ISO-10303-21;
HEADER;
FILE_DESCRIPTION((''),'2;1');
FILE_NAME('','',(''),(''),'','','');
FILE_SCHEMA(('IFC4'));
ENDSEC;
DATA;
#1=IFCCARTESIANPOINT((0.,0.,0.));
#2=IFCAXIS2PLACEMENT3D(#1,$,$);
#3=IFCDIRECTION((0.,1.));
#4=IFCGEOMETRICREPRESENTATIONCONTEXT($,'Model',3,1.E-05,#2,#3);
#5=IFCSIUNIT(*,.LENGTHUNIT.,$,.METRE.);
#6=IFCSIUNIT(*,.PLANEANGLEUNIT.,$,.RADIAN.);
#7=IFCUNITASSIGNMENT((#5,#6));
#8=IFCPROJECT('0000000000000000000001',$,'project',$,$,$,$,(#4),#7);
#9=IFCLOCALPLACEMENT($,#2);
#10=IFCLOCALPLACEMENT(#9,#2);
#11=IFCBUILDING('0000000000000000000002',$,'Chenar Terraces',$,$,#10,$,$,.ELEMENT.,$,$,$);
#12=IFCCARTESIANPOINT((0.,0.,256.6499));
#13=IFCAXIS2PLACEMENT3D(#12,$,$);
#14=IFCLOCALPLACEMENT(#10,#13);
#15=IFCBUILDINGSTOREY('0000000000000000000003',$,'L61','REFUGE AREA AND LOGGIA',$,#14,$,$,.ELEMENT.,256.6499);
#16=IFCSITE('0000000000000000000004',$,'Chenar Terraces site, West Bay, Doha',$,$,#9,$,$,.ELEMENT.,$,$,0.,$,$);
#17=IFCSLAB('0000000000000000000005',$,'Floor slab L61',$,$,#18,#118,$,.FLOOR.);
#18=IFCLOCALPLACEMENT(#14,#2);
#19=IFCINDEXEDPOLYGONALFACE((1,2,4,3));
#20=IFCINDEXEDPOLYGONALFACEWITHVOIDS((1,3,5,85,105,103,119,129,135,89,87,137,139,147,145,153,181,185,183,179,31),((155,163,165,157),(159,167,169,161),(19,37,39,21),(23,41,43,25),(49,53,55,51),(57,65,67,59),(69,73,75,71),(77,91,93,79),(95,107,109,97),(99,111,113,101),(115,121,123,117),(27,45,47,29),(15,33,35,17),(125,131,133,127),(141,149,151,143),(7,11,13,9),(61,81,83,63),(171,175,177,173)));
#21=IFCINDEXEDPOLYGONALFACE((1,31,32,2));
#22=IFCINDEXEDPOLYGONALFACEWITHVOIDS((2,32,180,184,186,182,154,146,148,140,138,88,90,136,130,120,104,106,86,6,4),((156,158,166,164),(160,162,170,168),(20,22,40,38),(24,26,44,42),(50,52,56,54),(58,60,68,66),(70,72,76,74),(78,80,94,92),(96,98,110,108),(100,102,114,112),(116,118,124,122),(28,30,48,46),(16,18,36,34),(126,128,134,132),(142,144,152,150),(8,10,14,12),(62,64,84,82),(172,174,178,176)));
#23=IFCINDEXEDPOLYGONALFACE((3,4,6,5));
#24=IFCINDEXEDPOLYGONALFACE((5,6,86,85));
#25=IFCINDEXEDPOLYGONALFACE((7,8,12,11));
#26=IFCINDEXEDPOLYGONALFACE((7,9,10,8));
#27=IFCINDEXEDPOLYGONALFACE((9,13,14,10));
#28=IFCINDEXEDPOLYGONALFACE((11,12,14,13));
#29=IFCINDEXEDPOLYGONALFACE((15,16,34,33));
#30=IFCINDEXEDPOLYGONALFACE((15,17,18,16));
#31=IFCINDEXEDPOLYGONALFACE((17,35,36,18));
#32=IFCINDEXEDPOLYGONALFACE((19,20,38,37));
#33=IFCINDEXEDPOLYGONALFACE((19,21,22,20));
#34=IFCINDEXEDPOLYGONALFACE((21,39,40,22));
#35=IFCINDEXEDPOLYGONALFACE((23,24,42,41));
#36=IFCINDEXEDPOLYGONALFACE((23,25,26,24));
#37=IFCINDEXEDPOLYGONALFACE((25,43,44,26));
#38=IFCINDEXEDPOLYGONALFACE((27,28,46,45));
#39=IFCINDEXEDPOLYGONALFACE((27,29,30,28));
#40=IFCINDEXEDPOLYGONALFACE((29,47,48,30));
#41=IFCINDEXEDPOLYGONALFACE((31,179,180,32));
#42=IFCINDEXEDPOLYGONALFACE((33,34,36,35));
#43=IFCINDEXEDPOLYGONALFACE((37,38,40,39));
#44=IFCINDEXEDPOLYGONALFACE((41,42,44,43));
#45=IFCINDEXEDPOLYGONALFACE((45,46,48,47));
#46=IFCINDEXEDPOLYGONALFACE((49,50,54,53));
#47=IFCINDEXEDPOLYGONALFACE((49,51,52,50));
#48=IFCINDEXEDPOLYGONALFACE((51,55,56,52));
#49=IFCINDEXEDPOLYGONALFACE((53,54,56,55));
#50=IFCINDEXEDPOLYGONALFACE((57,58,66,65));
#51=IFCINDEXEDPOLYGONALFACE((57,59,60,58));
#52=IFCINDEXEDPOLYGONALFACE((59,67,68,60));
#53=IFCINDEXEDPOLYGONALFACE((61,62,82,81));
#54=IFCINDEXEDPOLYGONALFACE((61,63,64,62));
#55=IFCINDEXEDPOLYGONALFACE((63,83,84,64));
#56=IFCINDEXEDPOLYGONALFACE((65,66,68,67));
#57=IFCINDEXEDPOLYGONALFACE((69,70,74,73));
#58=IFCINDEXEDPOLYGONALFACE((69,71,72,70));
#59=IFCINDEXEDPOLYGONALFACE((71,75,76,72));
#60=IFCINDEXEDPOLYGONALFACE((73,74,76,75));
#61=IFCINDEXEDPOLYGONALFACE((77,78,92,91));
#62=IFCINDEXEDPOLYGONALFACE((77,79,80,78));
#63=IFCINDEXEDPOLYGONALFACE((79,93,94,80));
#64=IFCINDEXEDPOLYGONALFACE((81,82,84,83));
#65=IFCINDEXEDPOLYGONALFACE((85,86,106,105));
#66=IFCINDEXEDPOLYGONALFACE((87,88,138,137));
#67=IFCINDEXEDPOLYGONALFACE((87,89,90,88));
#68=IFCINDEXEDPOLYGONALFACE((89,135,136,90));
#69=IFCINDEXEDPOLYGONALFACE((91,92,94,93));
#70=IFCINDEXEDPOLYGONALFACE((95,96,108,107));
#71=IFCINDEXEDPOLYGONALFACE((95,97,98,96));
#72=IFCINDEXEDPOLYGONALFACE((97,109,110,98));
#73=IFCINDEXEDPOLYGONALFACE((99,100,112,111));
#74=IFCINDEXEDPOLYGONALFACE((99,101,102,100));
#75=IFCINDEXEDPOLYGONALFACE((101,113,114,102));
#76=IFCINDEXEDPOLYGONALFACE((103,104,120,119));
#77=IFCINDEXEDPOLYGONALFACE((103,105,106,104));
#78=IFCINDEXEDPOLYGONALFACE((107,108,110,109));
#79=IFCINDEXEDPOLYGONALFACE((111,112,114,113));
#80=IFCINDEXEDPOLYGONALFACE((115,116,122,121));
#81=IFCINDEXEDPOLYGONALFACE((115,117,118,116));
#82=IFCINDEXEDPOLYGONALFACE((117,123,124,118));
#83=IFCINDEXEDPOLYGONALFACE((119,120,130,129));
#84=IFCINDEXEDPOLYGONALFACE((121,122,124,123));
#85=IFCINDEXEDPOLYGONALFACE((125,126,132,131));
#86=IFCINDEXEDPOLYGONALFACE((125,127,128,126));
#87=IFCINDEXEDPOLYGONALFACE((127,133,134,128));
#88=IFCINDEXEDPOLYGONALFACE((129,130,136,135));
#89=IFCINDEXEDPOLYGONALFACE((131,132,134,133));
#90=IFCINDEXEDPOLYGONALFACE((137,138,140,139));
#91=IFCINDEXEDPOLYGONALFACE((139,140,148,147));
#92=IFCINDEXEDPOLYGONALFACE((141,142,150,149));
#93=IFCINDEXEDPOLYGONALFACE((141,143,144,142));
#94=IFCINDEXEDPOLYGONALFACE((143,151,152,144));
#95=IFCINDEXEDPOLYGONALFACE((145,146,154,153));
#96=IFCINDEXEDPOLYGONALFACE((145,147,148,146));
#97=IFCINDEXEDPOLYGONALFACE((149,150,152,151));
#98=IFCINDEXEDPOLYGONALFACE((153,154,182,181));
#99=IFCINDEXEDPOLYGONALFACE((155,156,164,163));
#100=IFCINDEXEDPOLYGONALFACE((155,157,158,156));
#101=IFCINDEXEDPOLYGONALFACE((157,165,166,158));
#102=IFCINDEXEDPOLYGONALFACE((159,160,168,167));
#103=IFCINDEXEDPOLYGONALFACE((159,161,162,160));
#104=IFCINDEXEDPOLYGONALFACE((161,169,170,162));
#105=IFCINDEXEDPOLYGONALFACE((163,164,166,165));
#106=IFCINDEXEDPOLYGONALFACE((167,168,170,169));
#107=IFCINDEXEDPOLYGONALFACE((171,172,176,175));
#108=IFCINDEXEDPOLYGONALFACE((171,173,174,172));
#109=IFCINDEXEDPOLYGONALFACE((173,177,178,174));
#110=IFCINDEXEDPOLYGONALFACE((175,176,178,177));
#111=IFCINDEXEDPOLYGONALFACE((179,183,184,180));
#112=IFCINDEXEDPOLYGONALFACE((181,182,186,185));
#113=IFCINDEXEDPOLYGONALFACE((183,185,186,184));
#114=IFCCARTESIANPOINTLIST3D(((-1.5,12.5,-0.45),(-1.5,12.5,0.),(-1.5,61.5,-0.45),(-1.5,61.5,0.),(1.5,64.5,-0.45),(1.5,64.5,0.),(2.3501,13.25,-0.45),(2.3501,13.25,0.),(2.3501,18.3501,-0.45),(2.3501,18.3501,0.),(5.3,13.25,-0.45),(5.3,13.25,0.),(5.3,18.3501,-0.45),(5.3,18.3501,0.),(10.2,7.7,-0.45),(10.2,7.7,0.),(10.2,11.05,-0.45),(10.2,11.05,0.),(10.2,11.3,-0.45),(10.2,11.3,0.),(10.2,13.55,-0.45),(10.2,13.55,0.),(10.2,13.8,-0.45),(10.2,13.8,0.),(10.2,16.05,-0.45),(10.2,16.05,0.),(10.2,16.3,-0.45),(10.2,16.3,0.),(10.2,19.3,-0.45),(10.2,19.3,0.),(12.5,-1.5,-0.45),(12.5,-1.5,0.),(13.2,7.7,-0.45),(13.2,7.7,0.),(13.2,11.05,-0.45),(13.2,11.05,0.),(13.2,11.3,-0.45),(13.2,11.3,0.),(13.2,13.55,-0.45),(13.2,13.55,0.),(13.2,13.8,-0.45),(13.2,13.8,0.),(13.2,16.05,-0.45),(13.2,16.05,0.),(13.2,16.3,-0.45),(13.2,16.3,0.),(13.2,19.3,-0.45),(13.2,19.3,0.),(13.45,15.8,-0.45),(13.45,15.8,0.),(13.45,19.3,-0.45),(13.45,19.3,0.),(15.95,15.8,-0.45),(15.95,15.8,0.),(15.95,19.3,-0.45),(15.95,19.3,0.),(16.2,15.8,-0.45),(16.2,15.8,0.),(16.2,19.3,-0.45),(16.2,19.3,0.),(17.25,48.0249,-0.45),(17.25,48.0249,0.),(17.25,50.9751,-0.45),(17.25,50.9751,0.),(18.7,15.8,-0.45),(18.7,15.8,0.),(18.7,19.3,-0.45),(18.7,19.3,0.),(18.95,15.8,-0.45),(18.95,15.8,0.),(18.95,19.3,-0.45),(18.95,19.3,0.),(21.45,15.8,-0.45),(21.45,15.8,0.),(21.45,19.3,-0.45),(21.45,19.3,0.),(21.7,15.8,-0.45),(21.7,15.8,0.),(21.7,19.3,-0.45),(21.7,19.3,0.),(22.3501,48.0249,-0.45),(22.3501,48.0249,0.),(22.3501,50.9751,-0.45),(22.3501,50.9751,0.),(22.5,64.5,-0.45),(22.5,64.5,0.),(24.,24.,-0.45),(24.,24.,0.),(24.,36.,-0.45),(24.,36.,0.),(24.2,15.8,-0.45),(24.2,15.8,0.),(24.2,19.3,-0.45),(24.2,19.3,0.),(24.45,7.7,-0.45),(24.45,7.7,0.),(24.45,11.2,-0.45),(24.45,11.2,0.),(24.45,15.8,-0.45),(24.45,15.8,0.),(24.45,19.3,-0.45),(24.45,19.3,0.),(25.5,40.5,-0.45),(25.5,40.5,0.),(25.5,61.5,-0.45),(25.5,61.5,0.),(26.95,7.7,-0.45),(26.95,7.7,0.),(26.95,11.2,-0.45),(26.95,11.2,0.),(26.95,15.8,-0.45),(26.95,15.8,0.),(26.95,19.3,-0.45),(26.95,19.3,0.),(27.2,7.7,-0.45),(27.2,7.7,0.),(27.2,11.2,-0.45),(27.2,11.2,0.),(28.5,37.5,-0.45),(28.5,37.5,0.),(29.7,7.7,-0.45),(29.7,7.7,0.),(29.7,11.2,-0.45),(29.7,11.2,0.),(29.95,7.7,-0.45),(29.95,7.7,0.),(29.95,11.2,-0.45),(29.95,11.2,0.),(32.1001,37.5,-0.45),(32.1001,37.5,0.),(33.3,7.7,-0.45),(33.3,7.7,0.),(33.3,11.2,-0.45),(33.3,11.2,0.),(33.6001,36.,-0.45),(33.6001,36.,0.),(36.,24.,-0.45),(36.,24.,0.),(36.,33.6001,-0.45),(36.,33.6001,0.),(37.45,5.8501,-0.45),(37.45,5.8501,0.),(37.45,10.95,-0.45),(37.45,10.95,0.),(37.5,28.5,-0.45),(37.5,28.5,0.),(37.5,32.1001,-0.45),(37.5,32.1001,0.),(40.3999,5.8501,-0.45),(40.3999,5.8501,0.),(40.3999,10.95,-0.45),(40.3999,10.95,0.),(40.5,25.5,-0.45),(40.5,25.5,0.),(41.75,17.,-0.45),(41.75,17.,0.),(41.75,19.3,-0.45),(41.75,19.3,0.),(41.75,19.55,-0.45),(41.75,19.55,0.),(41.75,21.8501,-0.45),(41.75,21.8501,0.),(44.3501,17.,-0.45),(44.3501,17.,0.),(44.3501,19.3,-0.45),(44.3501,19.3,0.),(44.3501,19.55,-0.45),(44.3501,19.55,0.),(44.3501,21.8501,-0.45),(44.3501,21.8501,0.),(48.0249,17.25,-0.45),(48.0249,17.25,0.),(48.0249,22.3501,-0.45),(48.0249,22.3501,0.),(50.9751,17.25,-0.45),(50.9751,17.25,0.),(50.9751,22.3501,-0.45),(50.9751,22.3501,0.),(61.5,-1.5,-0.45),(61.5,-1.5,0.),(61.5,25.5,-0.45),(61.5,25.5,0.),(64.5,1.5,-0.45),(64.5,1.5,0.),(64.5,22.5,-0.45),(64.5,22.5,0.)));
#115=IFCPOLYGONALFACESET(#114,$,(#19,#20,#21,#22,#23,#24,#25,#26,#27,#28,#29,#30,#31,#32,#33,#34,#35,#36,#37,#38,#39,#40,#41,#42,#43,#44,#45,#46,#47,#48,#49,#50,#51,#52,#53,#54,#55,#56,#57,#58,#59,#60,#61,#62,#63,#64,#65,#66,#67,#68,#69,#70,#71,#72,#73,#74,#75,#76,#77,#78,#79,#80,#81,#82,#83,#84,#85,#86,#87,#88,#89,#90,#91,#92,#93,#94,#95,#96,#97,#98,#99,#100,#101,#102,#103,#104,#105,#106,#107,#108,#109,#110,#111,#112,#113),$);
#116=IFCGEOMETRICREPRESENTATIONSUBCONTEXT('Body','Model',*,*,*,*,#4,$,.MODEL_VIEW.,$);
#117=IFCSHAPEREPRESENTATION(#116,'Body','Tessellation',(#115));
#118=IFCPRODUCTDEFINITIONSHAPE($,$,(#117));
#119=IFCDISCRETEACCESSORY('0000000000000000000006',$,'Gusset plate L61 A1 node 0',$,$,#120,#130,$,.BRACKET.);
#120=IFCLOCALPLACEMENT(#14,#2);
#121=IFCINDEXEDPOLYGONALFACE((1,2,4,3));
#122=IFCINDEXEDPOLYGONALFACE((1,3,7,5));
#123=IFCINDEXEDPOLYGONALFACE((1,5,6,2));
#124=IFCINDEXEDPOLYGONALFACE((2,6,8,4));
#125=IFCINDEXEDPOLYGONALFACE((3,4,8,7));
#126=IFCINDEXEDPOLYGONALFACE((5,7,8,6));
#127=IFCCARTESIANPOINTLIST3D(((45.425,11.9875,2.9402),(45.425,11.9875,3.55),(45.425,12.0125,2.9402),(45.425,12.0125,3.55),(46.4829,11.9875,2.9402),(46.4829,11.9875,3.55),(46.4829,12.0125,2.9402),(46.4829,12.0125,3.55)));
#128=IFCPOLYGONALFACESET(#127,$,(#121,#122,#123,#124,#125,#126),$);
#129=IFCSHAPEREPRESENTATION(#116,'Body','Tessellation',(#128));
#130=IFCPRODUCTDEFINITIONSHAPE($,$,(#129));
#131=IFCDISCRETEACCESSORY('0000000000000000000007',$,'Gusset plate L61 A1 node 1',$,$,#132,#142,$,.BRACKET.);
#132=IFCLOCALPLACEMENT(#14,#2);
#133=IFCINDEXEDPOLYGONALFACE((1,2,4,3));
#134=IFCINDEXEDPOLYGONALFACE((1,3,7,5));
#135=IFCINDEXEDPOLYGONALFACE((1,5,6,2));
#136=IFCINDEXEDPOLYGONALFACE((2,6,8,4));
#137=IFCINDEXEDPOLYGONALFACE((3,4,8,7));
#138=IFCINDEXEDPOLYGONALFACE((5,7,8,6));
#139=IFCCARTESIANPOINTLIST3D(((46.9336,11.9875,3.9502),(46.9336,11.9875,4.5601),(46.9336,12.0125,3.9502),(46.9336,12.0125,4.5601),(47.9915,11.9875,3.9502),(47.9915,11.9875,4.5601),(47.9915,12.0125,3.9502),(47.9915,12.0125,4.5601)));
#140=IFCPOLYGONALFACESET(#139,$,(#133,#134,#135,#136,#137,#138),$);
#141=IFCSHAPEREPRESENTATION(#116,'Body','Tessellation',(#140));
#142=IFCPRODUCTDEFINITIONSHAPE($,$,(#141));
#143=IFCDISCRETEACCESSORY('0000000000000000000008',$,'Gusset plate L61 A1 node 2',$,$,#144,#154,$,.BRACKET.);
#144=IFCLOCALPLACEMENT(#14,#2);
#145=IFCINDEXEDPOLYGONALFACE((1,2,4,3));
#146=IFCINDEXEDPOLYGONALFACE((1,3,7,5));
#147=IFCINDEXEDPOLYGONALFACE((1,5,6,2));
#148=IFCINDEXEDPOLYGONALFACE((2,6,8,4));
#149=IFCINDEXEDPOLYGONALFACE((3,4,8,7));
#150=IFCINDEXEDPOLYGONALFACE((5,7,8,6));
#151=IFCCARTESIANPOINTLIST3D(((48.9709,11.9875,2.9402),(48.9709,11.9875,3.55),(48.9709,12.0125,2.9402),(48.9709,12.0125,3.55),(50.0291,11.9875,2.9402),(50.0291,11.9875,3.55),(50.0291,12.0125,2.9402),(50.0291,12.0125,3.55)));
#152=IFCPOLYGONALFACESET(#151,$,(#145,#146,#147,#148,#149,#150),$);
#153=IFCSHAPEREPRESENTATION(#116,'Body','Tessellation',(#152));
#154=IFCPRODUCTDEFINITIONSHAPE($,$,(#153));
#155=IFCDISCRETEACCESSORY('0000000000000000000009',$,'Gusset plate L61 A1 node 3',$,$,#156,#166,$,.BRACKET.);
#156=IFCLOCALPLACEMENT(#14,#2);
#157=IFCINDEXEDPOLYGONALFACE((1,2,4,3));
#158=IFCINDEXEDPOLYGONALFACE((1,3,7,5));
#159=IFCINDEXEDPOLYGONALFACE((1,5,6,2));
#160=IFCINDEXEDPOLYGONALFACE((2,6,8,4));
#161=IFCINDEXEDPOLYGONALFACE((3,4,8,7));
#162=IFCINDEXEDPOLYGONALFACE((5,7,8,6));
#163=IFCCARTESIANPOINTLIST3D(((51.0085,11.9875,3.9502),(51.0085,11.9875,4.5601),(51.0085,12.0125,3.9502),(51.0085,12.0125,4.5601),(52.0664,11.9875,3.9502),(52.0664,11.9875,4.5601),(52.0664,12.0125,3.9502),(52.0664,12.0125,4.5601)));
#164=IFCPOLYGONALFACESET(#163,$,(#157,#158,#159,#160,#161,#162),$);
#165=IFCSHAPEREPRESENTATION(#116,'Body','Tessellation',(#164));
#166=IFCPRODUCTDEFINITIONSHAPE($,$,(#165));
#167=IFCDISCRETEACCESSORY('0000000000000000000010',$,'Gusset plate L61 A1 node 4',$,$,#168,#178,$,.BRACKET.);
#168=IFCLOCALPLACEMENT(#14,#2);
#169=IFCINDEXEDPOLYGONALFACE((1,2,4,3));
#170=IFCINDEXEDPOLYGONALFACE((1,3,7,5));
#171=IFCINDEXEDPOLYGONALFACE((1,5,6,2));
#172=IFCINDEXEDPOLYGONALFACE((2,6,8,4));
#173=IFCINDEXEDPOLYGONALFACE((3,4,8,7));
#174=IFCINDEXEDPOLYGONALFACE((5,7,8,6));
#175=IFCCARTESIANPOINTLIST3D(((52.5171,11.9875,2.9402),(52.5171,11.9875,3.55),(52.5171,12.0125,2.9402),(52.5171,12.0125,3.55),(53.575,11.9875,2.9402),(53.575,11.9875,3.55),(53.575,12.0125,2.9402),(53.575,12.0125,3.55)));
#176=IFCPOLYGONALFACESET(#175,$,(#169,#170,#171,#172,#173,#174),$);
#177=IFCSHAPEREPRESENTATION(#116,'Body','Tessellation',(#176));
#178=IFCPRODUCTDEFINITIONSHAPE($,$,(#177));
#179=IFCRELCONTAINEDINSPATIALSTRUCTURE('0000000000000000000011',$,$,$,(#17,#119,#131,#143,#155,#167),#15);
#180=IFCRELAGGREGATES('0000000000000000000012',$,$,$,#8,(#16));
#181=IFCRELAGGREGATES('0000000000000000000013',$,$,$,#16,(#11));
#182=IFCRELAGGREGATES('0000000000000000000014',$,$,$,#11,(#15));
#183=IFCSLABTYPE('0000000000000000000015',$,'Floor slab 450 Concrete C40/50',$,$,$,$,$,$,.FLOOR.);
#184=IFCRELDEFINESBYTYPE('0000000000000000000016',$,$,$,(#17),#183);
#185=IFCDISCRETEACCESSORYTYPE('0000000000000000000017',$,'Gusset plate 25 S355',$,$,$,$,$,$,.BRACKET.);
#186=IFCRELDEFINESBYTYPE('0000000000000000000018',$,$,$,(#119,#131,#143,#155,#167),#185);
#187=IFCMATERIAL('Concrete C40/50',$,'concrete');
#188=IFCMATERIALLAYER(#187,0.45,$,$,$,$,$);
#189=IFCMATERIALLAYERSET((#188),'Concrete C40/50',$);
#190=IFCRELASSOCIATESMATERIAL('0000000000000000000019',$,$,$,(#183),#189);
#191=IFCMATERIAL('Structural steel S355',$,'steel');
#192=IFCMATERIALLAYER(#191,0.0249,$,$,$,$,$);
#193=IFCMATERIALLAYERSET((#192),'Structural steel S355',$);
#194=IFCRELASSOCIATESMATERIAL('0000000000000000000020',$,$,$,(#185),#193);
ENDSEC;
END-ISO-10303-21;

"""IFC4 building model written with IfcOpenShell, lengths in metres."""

from ifc_helpers import new_model, si_unit, direction, frame, origin, place, context, subcontext, project, spatial, polyline, outline, extrude, material, layer, layer_set, type_object, element, save


model = new_model("IFC4")

# Units and contexts
model_context = context("Model", 3, precision=1e-05, world=origin(), true_north=direction((0.0, 1.0)))
body_context = subcontext(model_context, "Body", "Model", "MODEL_VIEW")
ifc_project = project(units=[si_unit("LENGTHUNIT", "METRE"), si_unit("PLANEANGLEUNIT", "RADIAN")], contexts=[model_context])

# Site, building, storey
site_placement = place(None, origin())
site = spatial("IfcSite", under=ifc_project, at=site_placement, Name="Chenar Terraces site, West Bay, Doha", CompositionType="ELEMENT", RefElevation=0.0)
building_placement = place(site_placement, origin())
building = spatial("IfcBuilding", under=site, at=building_placement, Name="Chenar Terraces", CompositionType="ELEMENT")
storey_placement = place(building_placement, frame((0.0, 0.0, 256.6499)))
storey = spatial("IfcBuildingStorey", under=building, at=storey_placement, Name="L61", Description="REFUGE AREA AND LOGGIA", CompositionType="ELEMENT", Elevation=256.6499)

# Slab
ifc_material_1 = material(Name="Concrete C40/50", Category="concrete")
ifc_layer_1 = layer(ifc_material_1, 0.45)
ifc_layer_set_1 = layer_set([ifc_layer_1], Name="Concrete C40/50")
slab_type = type_object("IfcSlabType", Name="Floor slab 450 Concrete C40/50", PredefinedType="FLOOR", material=ifc_layer_set_1)
slab_placement = place(storey_placement, frame((0.0, 0.0, -0.45)))
element("IfcSlab", 1, at=slab_placement, inside=storey, type_object=slab_type, Name="Floor slab L61", PredefinedType="FLOOR", context=body_context, shape_type="SweptSolid", body=[
    extrude(outline(polyline([(64.5, 22.5), (64.5, 1.5), (61.5, -1.5), (12.5, -1.5), (-1.5, 12.5), (-1.5, 61.5), (1.5, 64.5), (22.5, 64.5), (25.5, 61.5), (25.5, 40.5), (28.5, 37.5), (32.1001, 37.5), (33.6001, 36.0), (24.0, 36.0), (24.0, 24.0), (36.0, 24.0), (36.0, 33.6001), (37.5, 32.1001), (37.5, 28.5), (40.5, 25.5), (61.5, 25.5), (64.5, 22.5)]), holes=[polyline([(13.2, 11.05), (10.2, 11.05), (10.2, 7.7), (13.2, 7.7), (13.2, 11.05)]), polyline([(13.2, 13.55), (10.2, 13.55), (10.2, 11.3), (13.2, 11.3), (13.2, 13.55)]), polyline([(13.2, 16.05), (10.2, 16.05), (10.2, 13.8), (13.2, 13.8), (13.2, 16.05)]), polyline([(2.3501, 13.25), (5.3, 13.25), (5.3, 18.3501), (2.3501, 18.3501), (2.3501, 13.25)]), polyline([(15.95, 19.3), (13.45, 19.3), (13.45, 15.8), (15.95, 15.8), (15.95, 19.3)]), polyline([(18.7, 19.3), (16.2, 19.3), (16.2, 15.8), (18.7, 15.8), (18.7, 19.3)]), polyline([(21.45, 19.3), (18.95, 19.3), (18.95, 15.8), (21.45, 15.8), (21.45, 19.3)]), polyline([(24.2, 15.8), (24.2, 19.3), (21.7, 19.3), (21.7, 15.8), (24.2, 15.8)]), polyline([(13.2, 16.3), (13.2, 19.3), (10.2, 19.3), (10.2, 16.3), (13.2, 16.3)]), polyline([(22.3501, 48.0249), (22.3501, 50.9751), (17.25, 50.9751), (17.25, 48.0249), (22.3501, 48.0249)]), polyline([(37.45, 5.8501), (40.3999, 5.8501), (40.3999, 10.95), (37.45, 10.95), (37.45, 5.8501)]), polyline([(26.95, 11.2), (24.45, 11.2), (24.45, 7.7), (26.95, 7.7), (26.95, 11.2)]), polyline([(29.7, 7.7), (29.7, 11.2), (27.2, 11.2), (27.2, 7.7), (29.7, 7.7)]), polyline([(33.3, 7.7), (33.3, 11.2), (29.95, 11.2), (29.95, 7.7), (33.3, 7.7)]), polyline([(26.95, 19.3), (24.45, 19.3), (24.45, 15.8), (26.95, 15.8), (26.95, 19.3)]), polyline([(44.3501, 19.3), (41.75, 19.3), (41.75, 17.0), (44.3501, 17.0), (44.3501, 19.3)]), polyline([(50.9751, 22.3501), (48.0249, 22.3501), (48.0249, 17.25), (50.9751, 17.25), (50.9751, 22.3501)]), polyline([(44.3501, 19.55), (44.3501, 21.8501), (41.75, 21.8501), (41.75, 19.55), (44.3501, 19.55)])]), origin(), (0.0, 0.0, 1.0), 0.45),
])

# Discrete accessories
ifc_material_2 = material(Name="Structural steel S355", Category="steel")
ifc_layer_2 = layer(ifc_material_2, 0.0249)
ifc_layer_set_2 = layer_set([ifc_layer_2], Name="Structural steel S355")
discrete_accessory_type = type_object("IfcDiscreteAccessoryType", Name="Gusset plate 25 S355", PredefinedType="BRACKET", material=ifc_layer_set_2)
placement_1 = place(storey_placement, frame((0.0, 0.0, 2.9402)))
element("IfcDiscreteAccessory", 2, at=placement_1, inside=storey, type_object=discrete_accessory_type, Name="Gusset plate L61 A1 node 0", PredefinedType="BRACKET", context=body_context, shape_type="SweptSolid", body=[
    extrude(outline(polyline([(45.425, 11.9875), (46.4829, 11.9875), (46.4829, 12.0125), (45.425, 12.0125), (45.425, 11.9875)])), origin(), (0.0, 0.0, 1.0), 0.6099),
])
placement_2 = place(storey_placement, frame((0.0, 0.0, 3.9502)))
element("IfcDiscreteAccessory", 3, at=placement_2, inside=storey, type_object=discrete_accessory_type, Name="Gusset plate L61 A1 node 1", PredefinedType="BRACKET", context=body_context, shape_type="SweptSolid", body=[
    extrude(outline(polyline([(46.9336, 11.9875), (47.9915, 11.9875), (47.9915, 12.0125), (46.9336, 12.0125), (46.9336, 11.9875)])), origin(), (0.0, 0.0, 1.0), 0.6099),
])
element("IfcDiscreteAccessory", 4, at=placement_1, inside=storey, type_object=discrete_accessory_type, Name="Gusset plate L61 A1 node 2", PredefinedType="BRACKET", context=body_context, shape_type="SweptSolid", body=[
    extrude(outline(polyline([(48.9709, 11.9875), (50.0291, 11.9875), (50.0291, 12.0125), (48.9709, 12.0125), (48.9709, 11.9875)])), origin(), (0.0, 0.0, 1.0), 0.6099),
])
element("IfcDiscreteAccessory", 5, at=placement_2, inside=storey, type_object=discrete_accessory_type, Name="Gusset plate L61 A1 node 3", PredefinedType="BRACKET", context=body_context, shape_type="SweptSolid", body=[
    extrude(outline(polyline([(51.0085, 11.9875), (52.0664, 11.9875), (52.0664, 12.0125), (51.0085, 12.0125), (51.0085, 11.9875)])), origin(), (0.0, 0.0, 1.0), 0.6099),
])
element("IfcDiscreteAccessory", 6, at=placement_1, inside=storey, type_object=discrete_accessory_type, Name="Gusset plate L61 A1 node 4", PredefinedType="BRACKET", context=body_context, shape_type="SweptSolid", body=[
    extrude(outline(polyline([(52.5171, 11.9875), (53.575, 11.9875), (53.575, 12.0125), (52.5171, 12.0125), (52.5171, 11.9875)])), origin(), (0.0, 0.0, 1.0), 0.6099),
])

save(model, "model.ifc")
